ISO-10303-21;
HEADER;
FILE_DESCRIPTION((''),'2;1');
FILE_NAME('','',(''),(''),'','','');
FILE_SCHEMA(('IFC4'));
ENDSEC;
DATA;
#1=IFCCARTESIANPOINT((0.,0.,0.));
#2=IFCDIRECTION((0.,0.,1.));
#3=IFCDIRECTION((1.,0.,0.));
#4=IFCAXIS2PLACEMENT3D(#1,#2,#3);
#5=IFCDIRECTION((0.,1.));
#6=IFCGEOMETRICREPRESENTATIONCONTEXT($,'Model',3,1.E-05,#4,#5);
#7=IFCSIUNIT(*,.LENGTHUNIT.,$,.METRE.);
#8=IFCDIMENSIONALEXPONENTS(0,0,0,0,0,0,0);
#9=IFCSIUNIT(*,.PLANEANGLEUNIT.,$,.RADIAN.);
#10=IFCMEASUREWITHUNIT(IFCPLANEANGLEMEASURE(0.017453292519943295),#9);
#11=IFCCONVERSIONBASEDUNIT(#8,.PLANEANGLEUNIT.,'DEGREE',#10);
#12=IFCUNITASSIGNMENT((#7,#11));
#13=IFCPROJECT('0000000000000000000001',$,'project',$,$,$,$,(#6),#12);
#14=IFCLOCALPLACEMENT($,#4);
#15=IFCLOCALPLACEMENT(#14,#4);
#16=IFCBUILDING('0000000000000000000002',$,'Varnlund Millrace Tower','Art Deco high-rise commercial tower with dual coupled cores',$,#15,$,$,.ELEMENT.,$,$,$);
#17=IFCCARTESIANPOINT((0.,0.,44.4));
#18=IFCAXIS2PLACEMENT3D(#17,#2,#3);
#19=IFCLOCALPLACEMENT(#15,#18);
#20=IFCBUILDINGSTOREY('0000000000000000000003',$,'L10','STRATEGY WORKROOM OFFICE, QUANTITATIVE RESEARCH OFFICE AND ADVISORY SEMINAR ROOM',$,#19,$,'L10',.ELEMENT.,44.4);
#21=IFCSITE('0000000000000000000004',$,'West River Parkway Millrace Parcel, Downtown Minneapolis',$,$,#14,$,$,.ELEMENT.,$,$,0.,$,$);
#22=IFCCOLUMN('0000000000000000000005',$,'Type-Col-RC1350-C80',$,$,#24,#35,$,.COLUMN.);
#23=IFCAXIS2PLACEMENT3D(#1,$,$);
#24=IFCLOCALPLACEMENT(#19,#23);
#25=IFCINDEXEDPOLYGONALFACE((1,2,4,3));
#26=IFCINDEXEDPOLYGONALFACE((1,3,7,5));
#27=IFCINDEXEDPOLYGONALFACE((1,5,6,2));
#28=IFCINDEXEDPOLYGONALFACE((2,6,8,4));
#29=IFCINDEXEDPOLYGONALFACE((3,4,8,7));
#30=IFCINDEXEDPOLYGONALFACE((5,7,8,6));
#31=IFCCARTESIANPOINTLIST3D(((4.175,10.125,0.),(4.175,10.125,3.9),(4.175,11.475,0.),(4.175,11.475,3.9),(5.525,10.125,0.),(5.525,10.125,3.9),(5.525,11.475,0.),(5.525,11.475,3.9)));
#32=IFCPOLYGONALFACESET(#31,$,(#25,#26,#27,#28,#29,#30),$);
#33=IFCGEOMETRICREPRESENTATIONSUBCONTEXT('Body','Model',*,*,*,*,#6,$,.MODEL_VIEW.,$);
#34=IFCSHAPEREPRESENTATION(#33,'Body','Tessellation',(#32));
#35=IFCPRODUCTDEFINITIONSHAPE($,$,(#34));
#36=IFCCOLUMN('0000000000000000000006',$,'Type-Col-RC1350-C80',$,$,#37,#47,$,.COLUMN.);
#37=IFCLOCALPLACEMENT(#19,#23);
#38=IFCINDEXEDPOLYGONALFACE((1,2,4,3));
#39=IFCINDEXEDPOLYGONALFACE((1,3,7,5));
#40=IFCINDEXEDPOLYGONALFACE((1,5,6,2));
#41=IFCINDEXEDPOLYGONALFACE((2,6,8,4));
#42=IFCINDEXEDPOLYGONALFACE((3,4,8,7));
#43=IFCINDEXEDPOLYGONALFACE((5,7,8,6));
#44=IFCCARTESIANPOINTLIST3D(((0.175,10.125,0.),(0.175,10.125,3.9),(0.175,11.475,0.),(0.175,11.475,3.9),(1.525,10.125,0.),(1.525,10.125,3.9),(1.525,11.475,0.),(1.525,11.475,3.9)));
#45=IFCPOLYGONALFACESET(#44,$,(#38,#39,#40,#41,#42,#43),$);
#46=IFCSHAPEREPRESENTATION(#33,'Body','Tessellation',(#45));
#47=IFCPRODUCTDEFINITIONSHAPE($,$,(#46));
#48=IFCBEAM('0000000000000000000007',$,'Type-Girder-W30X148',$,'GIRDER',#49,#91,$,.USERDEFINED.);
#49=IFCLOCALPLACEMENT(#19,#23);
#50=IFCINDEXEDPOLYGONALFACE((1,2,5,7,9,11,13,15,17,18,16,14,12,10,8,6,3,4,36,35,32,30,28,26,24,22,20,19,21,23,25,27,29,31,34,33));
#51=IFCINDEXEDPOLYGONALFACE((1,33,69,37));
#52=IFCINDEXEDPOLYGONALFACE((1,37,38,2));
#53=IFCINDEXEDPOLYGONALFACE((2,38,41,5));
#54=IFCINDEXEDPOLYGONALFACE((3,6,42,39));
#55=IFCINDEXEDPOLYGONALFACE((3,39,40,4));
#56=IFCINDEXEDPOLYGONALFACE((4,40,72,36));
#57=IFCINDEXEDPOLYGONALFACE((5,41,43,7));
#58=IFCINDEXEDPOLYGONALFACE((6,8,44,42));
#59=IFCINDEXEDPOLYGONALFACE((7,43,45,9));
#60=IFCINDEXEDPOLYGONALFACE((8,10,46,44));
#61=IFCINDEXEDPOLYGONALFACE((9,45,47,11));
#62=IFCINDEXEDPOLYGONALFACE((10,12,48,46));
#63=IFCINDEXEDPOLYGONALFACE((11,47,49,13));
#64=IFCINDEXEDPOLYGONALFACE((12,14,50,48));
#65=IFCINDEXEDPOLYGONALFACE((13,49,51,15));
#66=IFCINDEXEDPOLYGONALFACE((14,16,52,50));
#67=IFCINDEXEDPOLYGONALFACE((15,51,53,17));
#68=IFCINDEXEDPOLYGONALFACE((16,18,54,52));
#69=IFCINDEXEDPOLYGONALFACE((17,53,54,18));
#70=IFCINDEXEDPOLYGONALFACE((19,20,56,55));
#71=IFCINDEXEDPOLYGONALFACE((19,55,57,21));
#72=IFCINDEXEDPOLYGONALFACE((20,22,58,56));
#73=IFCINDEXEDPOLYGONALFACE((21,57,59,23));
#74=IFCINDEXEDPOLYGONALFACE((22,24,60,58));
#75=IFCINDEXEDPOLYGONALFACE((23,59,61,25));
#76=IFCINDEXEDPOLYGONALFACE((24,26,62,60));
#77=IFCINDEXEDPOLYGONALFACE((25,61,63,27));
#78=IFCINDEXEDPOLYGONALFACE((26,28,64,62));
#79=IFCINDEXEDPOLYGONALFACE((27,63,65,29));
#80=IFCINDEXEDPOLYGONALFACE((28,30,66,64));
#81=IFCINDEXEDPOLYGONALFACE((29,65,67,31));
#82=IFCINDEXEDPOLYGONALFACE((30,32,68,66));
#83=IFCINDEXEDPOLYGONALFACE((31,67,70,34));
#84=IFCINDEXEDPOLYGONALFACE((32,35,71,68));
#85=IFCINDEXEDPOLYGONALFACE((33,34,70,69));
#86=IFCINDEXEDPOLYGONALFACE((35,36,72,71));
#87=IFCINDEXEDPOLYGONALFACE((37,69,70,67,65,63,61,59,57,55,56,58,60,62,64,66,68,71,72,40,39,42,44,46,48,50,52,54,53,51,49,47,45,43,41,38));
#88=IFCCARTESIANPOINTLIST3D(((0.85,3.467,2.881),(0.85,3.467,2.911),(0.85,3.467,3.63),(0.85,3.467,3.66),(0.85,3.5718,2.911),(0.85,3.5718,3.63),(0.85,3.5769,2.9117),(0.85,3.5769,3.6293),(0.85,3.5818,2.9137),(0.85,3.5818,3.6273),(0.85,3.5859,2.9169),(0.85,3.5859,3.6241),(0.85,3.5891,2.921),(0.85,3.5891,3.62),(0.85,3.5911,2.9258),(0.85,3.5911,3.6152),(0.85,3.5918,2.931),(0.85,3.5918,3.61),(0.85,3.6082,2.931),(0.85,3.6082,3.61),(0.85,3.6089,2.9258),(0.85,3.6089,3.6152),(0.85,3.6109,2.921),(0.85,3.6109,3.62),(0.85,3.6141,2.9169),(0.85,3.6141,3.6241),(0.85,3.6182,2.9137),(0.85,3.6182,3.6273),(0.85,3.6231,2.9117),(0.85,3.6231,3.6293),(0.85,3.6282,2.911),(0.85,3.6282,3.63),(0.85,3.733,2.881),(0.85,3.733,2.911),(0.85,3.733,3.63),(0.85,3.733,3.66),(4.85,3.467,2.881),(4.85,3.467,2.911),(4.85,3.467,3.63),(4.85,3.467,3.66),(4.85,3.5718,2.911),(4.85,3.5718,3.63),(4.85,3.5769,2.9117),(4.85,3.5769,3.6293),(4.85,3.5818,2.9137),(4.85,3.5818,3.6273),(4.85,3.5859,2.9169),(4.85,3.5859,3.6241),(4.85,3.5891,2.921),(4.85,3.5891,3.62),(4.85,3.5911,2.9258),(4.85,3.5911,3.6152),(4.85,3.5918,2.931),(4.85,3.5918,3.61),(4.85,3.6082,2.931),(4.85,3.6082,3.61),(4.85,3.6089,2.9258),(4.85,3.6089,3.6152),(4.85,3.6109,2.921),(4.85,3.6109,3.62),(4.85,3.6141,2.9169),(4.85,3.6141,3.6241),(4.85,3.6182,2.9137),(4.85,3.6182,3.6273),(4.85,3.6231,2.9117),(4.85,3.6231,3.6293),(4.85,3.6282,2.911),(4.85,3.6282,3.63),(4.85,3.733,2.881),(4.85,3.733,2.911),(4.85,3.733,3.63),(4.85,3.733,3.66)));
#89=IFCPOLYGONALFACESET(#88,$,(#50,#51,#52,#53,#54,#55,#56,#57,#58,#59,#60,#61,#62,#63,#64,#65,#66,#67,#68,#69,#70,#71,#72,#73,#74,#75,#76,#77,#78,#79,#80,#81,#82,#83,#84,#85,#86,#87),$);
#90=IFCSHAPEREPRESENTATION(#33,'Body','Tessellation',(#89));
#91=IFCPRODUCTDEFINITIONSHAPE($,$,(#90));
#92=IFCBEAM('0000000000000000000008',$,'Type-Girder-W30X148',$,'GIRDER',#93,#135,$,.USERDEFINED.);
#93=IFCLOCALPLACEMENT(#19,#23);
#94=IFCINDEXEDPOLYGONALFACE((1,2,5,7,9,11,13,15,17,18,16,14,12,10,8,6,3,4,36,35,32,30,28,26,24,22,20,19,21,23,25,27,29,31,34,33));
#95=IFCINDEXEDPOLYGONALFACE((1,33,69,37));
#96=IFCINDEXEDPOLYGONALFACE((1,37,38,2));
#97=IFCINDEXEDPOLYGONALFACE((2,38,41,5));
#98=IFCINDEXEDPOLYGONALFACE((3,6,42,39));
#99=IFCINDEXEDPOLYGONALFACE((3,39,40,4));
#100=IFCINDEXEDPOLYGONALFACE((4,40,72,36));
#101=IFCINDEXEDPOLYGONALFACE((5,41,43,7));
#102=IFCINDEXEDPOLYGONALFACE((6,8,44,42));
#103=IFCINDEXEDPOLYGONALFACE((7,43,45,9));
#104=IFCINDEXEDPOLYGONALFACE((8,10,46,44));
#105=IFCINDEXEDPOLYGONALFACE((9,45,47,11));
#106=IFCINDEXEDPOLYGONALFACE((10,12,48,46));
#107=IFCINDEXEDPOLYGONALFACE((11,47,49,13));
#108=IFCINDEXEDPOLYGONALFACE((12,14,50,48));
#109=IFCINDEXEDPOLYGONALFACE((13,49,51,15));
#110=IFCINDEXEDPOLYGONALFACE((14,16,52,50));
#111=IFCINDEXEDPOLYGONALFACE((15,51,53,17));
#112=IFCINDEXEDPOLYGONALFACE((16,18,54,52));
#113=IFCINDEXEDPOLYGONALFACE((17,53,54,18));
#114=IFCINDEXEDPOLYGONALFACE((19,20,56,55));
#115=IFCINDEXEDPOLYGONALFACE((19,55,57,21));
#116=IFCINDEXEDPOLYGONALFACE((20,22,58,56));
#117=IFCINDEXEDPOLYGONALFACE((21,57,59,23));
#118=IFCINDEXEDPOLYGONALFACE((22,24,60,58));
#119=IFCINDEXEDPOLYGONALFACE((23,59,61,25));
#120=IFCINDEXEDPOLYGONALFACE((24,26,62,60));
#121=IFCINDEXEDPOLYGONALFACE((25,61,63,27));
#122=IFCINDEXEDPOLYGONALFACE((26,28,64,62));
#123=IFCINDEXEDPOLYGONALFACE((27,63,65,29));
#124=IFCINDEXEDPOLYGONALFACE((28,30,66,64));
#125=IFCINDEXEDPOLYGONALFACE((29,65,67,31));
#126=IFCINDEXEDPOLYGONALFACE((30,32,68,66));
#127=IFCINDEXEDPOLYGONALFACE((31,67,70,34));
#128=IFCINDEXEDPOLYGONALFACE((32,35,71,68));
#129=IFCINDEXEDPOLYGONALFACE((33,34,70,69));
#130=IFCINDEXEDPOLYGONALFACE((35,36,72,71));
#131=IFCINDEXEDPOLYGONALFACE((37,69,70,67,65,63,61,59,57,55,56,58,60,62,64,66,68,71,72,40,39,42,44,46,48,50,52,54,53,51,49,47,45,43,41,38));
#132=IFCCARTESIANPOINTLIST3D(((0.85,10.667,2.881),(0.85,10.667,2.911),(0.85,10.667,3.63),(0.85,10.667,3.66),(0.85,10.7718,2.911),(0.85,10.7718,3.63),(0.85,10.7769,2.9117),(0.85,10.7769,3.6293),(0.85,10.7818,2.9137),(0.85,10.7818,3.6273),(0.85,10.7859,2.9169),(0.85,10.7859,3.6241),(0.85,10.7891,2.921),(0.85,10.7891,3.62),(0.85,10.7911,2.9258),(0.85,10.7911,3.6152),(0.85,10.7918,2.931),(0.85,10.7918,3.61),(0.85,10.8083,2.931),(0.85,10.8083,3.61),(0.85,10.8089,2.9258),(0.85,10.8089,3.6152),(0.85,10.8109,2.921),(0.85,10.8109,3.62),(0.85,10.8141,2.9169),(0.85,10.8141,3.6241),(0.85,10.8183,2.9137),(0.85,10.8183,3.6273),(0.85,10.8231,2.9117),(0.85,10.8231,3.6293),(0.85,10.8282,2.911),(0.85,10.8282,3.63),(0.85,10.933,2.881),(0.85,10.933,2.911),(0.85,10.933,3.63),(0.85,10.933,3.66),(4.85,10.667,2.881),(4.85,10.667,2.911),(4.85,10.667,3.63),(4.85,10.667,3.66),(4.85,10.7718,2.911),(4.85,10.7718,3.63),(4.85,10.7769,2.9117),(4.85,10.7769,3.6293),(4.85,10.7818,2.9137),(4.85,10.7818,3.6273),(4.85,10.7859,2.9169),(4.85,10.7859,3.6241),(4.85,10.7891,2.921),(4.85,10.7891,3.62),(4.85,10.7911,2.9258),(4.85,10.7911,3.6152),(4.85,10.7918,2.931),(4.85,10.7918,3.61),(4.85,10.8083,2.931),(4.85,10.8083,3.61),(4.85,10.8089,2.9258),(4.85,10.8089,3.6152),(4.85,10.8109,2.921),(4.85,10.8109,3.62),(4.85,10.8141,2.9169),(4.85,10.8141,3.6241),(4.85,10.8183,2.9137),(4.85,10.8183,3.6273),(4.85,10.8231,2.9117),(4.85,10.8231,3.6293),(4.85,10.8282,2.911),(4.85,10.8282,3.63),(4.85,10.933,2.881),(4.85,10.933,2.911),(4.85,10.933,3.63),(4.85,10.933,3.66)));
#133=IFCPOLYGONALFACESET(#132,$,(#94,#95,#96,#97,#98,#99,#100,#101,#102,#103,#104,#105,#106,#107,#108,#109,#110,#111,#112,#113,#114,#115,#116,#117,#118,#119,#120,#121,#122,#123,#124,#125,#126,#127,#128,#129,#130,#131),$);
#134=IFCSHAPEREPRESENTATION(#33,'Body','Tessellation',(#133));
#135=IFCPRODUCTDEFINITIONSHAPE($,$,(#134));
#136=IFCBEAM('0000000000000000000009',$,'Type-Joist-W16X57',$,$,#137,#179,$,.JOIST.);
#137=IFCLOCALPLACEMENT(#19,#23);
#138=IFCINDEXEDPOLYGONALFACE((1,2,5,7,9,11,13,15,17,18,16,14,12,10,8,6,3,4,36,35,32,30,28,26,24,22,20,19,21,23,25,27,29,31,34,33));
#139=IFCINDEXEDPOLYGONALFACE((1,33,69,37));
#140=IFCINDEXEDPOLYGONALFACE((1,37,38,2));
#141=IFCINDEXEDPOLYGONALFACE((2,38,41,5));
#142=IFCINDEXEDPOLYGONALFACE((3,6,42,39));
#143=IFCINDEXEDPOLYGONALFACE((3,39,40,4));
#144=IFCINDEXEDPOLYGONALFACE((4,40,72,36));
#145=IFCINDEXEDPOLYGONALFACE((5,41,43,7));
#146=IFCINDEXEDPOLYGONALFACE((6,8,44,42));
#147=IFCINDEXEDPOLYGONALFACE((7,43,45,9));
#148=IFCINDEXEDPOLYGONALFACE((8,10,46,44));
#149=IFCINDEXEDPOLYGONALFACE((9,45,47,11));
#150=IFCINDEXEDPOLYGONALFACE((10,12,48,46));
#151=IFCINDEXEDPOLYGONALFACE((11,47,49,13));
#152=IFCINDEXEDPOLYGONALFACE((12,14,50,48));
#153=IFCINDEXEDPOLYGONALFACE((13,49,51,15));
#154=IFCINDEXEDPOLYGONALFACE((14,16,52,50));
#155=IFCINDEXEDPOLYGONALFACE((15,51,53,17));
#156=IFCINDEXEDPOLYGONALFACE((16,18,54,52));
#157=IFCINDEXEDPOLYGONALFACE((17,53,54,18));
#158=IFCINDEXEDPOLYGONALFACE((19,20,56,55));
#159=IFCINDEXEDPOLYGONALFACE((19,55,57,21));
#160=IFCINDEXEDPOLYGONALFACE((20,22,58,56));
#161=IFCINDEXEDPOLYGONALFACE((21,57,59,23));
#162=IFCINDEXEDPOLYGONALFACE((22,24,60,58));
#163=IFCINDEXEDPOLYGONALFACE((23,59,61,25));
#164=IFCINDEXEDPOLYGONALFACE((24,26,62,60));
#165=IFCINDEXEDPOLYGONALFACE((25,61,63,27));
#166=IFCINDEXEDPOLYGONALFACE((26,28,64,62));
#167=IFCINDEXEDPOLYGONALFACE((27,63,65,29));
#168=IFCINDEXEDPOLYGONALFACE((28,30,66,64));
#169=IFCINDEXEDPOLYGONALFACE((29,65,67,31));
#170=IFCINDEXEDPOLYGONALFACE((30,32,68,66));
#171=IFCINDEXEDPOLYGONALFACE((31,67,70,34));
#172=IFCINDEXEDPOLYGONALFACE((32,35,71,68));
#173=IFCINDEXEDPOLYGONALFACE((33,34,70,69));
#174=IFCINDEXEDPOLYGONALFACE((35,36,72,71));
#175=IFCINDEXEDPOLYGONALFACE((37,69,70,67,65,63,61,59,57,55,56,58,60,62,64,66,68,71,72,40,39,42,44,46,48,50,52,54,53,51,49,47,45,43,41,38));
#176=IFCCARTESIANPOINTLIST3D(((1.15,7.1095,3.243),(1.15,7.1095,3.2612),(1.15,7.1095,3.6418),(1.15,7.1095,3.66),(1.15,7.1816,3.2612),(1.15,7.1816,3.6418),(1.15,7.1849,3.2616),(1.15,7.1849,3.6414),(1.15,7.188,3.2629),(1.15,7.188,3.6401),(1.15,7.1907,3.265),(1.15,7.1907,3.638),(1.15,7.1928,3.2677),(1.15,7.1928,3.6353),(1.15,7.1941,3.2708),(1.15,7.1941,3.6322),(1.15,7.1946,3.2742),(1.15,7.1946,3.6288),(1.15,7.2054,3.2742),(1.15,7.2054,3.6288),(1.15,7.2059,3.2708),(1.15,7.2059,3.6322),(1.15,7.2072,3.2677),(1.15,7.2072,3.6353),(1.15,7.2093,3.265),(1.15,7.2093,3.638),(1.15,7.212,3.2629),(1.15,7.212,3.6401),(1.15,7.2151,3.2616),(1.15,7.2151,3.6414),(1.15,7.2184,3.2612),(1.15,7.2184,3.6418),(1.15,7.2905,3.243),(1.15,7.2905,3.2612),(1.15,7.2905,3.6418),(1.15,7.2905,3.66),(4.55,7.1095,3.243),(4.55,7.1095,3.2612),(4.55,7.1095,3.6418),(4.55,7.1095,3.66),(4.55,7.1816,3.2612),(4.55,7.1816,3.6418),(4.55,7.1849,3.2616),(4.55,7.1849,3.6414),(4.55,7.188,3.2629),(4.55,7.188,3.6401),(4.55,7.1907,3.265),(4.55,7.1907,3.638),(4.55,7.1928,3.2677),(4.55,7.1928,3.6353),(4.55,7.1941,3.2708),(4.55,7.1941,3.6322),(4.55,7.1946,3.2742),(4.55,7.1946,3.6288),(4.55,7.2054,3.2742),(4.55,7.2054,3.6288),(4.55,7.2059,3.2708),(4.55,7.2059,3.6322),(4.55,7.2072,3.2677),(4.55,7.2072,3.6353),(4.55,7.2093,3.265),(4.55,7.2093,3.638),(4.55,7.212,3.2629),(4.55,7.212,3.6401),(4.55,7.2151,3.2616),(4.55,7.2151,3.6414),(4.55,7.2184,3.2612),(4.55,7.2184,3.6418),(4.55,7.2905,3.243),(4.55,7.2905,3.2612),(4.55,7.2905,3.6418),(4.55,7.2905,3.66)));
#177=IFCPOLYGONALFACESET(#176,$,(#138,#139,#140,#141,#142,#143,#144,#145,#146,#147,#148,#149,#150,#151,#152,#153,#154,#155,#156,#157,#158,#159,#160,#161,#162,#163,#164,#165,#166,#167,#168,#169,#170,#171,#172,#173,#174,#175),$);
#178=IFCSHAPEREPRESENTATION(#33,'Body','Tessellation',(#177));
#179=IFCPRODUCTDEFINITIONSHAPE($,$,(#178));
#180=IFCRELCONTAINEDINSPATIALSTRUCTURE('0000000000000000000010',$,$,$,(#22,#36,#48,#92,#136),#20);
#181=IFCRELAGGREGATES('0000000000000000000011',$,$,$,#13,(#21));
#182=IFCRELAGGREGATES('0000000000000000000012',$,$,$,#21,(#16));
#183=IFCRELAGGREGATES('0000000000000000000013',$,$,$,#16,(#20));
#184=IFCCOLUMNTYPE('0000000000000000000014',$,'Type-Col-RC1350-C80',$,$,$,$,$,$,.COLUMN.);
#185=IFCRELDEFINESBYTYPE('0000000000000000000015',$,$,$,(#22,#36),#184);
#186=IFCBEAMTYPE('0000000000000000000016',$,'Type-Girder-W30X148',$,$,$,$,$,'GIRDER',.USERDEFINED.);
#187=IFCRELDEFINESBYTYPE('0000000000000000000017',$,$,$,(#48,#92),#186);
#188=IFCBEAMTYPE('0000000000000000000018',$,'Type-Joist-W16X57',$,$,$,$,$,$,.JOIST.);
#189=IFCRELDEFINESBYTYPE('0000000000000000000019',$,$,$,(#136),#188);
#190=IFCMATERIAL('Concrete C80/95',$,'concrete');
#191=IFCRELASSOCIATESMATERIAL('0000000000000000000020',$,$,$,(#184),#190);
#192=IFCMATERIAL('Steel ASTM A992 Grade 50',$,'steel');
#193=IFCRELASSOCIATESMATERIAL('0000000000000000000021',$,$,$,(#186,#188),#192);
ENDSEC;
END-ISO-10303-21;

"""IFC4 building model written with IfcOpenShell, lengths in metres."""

from ifc_helpers import new_model, entity, si_unit, converted_unit, direction, frame, origin_with_axes, origin_2d_with_axis, place, context, subcontext, project, spatial, rectangle, i_section, extrude, material, material_profile, profile_set, type_object, element, save


model = new_model("IFC4")

# Units and contexts
model_context = context("Model", 3, precision=1e-05, world=origin_with_axes(), true_north=direction((0.0, 1.0)))
body_context = subcontext(model_context, "Body", "Model", "MODEL_VIEW")
ifc_project = project(units=[si_unit("LENGTHUNIT", "METRE"), converted_unit("PLANEANGLEUNIT", "DEGREE", entity("IfcPlaneAngleMeasure", 0.017453292519943295), si_unit("PLANEANGLEUNIT", "RADIAN"), dimensions=[0, 0, 0, 0, 0, 0, 0])], contexts=[model_context])

# Site, building, storey
site_placement = place(None, origin_with_axes())
site = spatial("IfcSite", under=ifc_project, at=site_placement, Name="West River Parkway Millrace Parcel, Downtown Minneapolis", CompositionType="ELEMENT", RefElevation=0.0)
building_placement = place(site_placement, origin_with_axes())
building = spatial("IfcBuilding", under=site, at=building_placement, Name="Varnlund Millrace Tower", Description="Art Deco high-rise commercial tower with dual coupled cores", CompositionType="ELEMENT")
storey_placement = place(building_placement, frame((0.0, 0.0, 44.4), z_axis=(0.0, 0.0, 1.0), x_axis=(1.0, 0.0, 0.0)))
storey = spatial("IfcBuildingStorey", under=building, at=storey_placement, Name="L10", Description="STRATEGY WORKROOM OFFICE, QUANTITATIVE RESEARCH OFFICE AND ADVISORY SEMINAR ROOM", LongName="L10", CompositionType="ELEMENT", Elevation=44.4)

# Columns
ifc_material_1 = material(Name="Concrete C80/95", Category="concrete")
ifc_material_profile_1 = material_profile(ifc_material_1, rectangle(XDim=1.35, YDim=1.35, at=origin_2d_with_axis()), Name="Concrete C80/95")
ifc_profile_set_1 = profile_set([ifc_material_profile_1], Name="Concrete C80/95")
column_type = type_object("IfcColumnType", Name="Type-Col-RC1350-C80", PredefinedType="COLUMN", material=ifc_profile_set_1)
for number, where, z_axis, x_axis, name in (
    (1, (4.85, 10.8, 0.0), (0.0, 0.0, 1.0), (1.0, 0.0, 0.0), "Type-Col-RC1350-C80"),
    (2, (0.85, 10.8, 0.0), (0.0, 0.0, 1.0), (1.0, 0.0, 0.0), "Type-Col-RC1350-C80"),
):
    element("IfcColumn", number, at=place(storey_placement, frame(where, z_axis=z_axis, x_axis=x_axis)), inside=storey, type_object=column_type, Name=name, PredefinedType="COLUMN", context=body_context, shape_type="SweptSolid", body=[
        extrude(rectangle(XDim=1.35, YDim=1.35, at=origin_2d_with_axis()), origin_with_axes(), (0.0, 0.0, 1.0), 3.9),
    ])

# Beams
ifc_material_2 = material(Name="Steel ASTM A992 Grade 50", Category="steel")
ifc_material_profile_2 = material_profile(ifc_material_2, i_section(OverallWidth=0.266, OverallDepth=0.779, WebThickness=0.0165, FlangeThickness=0.03, FilletRadius=0.02, at=origin_2d_with_axis()), Name="Steel ASTM A992 Grade 50")
ifc_profile_set_2 = profile_set([ifc_material_profile_2], Name="Steel ASTM A992 Grade 50")
beam_type_1 = type_object("IfcBeamType", Name="Type-Girder-W30X148", ElementType="GIRDER", PredefinedType="USERDEFINED", material=ifc_profile_set_2)
for number, where, z_axis, x_axis, name in (
    (3, (0.85, 3.6, 3.2705), (1.0, 0.0, 0.0), (0.0, 1.0, 0.0), "Type-Girder-W30X148"),
    (4, (0.85, 10.8, 3.2705), (1.0, 0.0, 0.0), (0.0, 1.0, 0.0), "Type-Girder-W30X148"),
):
    element("IfcBeam", number, at=place(storey_placement, frame(where, z_axis=z_axis, x_axis=x_axis)), inside=storey, type_object=beam_type_1, Name=name, ObjectType="GIRDER", PredefinedType="USERDEFINED", context=body_context, shape_type="SweptSolid", body=[
        extrude(i_section(OverallWidth=0.266, OverallDepth=0.779, WebThickness=0.0165, FlangeThickness=0.03, FilletRadius=0.02, at=origin_2d_with_axis()), origin_with_axes(), (0.0, 0.0, 1.0), 4.0),
    ])
ifc_material_profile_3 = material_profile(ifc_material_2, i_section(OverallWidth=0.181, OverallDepth=0.417, WebThickness=0.0109, FlangeThickness=0.0182, FilletRadius=0.013, at=origin_2d_with_axis()), Name="Steel ASTM A992 Grade 50")
ifc_profile_set_3 = profile_set([ifc_material_profile_3], Name="Steel ASTM A992 Grade 50")
beam_type_2 = type_object("IfcBeamType", Name="Type-Joist-W16X57", PredefinedType="JOIST", material=ifc_profile_set_3)
for number, where, z_axis, x_axis, name in (
    (5, (1.15, 7.2, 3.4515), (1.0, 0.0, 0.0), (0.0, 1.0, 0.0), "Type-Joist-W16X57"),
):
    element("IfcBeam", number, at=place(storey_placement, frame(where, z_axis=z_axis, x_axis=x_axis)), inside=storey, type_object=beam_type_2, Name=name, PredefinedType="JOIST", context=body_context, shape_type="SweptSolid", body=[
        extrude(i_section(OverallWidth=0.181, OverallDepth=0.417, WebThickness=0.0109, FlangeThickness=0.0182, FilletRadius=0.013, at=origin_2d_with_axis()), origin_with_axes(), (0.0, 0.0, 1.0), 3.4),
    ])

save(model, "model.ifc")
